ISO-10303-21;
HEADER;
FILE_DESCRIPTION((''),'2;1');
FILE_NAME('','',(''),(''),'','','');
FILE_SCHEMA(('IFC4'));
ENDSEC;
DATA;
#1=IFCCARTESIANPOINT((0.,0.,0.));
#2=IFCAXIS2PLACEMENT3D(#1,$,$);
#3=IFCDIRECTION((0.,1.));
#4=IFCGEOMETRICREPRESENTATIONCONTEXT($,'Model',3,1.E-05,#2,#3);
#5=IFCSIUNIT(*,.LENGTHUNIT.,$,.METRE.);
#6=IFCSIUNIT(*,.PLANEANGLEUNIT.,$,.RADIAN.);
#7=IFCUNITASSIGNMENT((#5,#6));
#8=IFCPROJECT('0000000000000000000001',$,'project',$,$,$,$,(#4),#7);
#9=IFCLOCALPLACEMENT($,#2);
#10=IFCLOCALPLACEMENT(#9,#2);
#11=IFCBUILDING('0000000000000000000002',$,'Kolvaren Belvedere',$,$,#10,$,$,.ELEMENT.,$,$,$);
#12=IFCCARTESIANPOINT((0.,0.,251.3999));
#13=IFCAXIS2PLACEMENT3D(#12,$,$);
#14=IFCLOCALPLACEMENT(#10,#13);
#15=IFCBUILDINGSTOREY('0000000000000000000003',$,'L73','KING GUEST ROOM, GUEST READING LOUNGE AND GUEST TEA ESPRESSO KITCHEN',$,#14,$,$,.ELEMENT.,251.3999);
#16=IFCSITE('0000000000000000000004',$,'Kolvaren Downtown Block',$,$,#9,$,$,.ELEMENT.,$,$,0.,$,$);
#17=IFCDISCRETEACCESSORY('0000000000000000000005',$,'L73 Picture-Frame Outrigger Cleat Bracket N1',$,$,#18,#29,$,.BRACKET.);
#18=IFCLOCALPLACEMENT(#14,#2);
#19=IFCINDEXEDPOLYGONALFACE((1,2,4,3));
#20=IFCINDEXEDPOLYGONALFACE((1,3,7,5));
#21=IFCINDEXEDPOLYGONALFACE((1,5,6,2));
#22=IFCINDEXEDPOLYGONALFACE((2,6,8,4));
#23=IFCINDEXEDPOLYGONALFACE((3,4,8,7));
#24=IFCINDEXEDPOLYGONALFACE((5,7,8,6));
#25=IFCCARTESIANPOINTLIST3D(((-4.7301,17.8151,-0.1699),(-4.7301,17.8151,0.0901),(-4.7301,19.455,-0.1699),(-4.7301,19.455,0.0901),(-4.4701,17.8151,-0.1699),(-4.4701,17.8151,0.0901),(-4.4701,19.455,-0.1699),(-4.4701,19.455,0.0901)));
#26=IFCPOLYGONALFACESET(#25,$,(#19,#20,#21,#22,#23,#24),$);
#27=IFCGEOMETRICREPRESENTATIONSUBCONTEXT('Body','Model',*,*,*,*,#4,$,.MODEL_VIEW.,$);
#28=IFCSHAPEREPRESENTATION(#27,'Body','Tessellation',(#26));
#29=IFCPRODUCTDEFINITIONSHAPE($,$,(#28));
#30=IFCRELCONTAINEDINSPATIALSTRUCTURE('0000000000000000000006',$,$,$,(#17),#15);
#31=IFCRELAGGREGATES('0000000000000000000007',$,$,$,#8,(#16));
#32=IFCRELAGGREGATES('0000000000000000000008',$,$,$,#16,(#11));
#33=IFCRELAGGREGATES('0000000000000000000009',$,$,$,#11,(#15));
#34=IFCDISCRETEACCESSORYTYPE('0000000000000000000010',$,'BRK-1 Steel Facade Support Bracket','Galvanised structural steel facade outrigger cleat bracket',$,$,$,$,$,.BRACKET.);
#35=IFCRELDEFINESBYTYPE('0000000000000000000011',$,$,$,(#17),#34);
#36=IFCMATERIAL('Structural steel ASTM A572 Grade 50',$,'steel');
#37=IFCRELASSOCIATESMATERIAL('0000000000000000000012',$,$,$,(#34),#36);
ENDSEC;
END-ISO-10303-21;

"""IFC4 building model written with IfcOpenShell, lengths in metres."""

from ifc_helpers import new_model, si_unit, direction, frame, origin, origin_2d, place, context, subcontext, project, spatial, rectangle, extrude, material, type_object, element, save


model = new_model("IFC4")

# Units and contexts
model_context = context("Model", 3, precision=1e-05, world=origin(), true_north=direction((0.0, 1.0)))
body_context = subcontext(model_context, "Body", "Model", "MODEL_VIEW")
ifc_project = project(units=[si_unit("LENGTHUNIT", "METRE"), si_unit("PLANEANGLEUNIT", "RADIAN")], contexts=[model_context])

# Site, building, storey
site_placement = place(None, origin())
site = spatial("IfcSite", under=ifc_project, at=site_placement, Name="Kolvaren Downtown Block", CompositionType="ELEMENT", RefElevation=0.0)
building_placement = place(site_placement, origin())
building = spatial("IfcBuilding", under=site, at=building_placement, Name="Kolvaren Belvedere", CompositionType="ELEMENT")
storey_placement = place(building_placement, frame((0.0, 0.0, 251.3999)))
storey = spatial("IfcBuildingStorey", under=building, at=storey_placement, Name="L73", Description="KING GUEST ROOM, GUEST READING LOUNGE AND GUEST TEA ESPRESSO KITCHEN", CompositionType="ELEMENT", Elevation=251.3999)

# Discrete accessory
ifc_material_1 = material(Name="Structural steel ASTM A572 Grade 50", Category="steel")
discrete_accessory_type = type_object("IfcDiscreteAccessoryType", Name="BRK-1 Steel Facade Support Bracket", Description="Galvanised structural steel facade outrigger cleat bracket", PredefinedType="BRACKET", material=ifc_material_1)
discrete_accessory_placement = place(storey_placement, frame((-4.6001, 18.635, -0.1699), z_axis=(0.0, 0.0, 1.0), x_axis=(0.0, 1.0, 0.0)))
element("IfcDiscreteAccessory", 1, at=discrete_accessory_placement, inside=storey, type_object=discrete_accessory_type, Name="L73 Picture-Frame Outrigger Cleat Bracket N1", PredefinedType="BRACKET", context=body_context, shape_type="SweptSolid", body=[
    extrude(rectangle(XDim=1.6399, YDim=0.26, at=origin_2d()), origin(), (0.0, 0.0, 1.0), 0.26),
])

save(model, "model.ifc")
